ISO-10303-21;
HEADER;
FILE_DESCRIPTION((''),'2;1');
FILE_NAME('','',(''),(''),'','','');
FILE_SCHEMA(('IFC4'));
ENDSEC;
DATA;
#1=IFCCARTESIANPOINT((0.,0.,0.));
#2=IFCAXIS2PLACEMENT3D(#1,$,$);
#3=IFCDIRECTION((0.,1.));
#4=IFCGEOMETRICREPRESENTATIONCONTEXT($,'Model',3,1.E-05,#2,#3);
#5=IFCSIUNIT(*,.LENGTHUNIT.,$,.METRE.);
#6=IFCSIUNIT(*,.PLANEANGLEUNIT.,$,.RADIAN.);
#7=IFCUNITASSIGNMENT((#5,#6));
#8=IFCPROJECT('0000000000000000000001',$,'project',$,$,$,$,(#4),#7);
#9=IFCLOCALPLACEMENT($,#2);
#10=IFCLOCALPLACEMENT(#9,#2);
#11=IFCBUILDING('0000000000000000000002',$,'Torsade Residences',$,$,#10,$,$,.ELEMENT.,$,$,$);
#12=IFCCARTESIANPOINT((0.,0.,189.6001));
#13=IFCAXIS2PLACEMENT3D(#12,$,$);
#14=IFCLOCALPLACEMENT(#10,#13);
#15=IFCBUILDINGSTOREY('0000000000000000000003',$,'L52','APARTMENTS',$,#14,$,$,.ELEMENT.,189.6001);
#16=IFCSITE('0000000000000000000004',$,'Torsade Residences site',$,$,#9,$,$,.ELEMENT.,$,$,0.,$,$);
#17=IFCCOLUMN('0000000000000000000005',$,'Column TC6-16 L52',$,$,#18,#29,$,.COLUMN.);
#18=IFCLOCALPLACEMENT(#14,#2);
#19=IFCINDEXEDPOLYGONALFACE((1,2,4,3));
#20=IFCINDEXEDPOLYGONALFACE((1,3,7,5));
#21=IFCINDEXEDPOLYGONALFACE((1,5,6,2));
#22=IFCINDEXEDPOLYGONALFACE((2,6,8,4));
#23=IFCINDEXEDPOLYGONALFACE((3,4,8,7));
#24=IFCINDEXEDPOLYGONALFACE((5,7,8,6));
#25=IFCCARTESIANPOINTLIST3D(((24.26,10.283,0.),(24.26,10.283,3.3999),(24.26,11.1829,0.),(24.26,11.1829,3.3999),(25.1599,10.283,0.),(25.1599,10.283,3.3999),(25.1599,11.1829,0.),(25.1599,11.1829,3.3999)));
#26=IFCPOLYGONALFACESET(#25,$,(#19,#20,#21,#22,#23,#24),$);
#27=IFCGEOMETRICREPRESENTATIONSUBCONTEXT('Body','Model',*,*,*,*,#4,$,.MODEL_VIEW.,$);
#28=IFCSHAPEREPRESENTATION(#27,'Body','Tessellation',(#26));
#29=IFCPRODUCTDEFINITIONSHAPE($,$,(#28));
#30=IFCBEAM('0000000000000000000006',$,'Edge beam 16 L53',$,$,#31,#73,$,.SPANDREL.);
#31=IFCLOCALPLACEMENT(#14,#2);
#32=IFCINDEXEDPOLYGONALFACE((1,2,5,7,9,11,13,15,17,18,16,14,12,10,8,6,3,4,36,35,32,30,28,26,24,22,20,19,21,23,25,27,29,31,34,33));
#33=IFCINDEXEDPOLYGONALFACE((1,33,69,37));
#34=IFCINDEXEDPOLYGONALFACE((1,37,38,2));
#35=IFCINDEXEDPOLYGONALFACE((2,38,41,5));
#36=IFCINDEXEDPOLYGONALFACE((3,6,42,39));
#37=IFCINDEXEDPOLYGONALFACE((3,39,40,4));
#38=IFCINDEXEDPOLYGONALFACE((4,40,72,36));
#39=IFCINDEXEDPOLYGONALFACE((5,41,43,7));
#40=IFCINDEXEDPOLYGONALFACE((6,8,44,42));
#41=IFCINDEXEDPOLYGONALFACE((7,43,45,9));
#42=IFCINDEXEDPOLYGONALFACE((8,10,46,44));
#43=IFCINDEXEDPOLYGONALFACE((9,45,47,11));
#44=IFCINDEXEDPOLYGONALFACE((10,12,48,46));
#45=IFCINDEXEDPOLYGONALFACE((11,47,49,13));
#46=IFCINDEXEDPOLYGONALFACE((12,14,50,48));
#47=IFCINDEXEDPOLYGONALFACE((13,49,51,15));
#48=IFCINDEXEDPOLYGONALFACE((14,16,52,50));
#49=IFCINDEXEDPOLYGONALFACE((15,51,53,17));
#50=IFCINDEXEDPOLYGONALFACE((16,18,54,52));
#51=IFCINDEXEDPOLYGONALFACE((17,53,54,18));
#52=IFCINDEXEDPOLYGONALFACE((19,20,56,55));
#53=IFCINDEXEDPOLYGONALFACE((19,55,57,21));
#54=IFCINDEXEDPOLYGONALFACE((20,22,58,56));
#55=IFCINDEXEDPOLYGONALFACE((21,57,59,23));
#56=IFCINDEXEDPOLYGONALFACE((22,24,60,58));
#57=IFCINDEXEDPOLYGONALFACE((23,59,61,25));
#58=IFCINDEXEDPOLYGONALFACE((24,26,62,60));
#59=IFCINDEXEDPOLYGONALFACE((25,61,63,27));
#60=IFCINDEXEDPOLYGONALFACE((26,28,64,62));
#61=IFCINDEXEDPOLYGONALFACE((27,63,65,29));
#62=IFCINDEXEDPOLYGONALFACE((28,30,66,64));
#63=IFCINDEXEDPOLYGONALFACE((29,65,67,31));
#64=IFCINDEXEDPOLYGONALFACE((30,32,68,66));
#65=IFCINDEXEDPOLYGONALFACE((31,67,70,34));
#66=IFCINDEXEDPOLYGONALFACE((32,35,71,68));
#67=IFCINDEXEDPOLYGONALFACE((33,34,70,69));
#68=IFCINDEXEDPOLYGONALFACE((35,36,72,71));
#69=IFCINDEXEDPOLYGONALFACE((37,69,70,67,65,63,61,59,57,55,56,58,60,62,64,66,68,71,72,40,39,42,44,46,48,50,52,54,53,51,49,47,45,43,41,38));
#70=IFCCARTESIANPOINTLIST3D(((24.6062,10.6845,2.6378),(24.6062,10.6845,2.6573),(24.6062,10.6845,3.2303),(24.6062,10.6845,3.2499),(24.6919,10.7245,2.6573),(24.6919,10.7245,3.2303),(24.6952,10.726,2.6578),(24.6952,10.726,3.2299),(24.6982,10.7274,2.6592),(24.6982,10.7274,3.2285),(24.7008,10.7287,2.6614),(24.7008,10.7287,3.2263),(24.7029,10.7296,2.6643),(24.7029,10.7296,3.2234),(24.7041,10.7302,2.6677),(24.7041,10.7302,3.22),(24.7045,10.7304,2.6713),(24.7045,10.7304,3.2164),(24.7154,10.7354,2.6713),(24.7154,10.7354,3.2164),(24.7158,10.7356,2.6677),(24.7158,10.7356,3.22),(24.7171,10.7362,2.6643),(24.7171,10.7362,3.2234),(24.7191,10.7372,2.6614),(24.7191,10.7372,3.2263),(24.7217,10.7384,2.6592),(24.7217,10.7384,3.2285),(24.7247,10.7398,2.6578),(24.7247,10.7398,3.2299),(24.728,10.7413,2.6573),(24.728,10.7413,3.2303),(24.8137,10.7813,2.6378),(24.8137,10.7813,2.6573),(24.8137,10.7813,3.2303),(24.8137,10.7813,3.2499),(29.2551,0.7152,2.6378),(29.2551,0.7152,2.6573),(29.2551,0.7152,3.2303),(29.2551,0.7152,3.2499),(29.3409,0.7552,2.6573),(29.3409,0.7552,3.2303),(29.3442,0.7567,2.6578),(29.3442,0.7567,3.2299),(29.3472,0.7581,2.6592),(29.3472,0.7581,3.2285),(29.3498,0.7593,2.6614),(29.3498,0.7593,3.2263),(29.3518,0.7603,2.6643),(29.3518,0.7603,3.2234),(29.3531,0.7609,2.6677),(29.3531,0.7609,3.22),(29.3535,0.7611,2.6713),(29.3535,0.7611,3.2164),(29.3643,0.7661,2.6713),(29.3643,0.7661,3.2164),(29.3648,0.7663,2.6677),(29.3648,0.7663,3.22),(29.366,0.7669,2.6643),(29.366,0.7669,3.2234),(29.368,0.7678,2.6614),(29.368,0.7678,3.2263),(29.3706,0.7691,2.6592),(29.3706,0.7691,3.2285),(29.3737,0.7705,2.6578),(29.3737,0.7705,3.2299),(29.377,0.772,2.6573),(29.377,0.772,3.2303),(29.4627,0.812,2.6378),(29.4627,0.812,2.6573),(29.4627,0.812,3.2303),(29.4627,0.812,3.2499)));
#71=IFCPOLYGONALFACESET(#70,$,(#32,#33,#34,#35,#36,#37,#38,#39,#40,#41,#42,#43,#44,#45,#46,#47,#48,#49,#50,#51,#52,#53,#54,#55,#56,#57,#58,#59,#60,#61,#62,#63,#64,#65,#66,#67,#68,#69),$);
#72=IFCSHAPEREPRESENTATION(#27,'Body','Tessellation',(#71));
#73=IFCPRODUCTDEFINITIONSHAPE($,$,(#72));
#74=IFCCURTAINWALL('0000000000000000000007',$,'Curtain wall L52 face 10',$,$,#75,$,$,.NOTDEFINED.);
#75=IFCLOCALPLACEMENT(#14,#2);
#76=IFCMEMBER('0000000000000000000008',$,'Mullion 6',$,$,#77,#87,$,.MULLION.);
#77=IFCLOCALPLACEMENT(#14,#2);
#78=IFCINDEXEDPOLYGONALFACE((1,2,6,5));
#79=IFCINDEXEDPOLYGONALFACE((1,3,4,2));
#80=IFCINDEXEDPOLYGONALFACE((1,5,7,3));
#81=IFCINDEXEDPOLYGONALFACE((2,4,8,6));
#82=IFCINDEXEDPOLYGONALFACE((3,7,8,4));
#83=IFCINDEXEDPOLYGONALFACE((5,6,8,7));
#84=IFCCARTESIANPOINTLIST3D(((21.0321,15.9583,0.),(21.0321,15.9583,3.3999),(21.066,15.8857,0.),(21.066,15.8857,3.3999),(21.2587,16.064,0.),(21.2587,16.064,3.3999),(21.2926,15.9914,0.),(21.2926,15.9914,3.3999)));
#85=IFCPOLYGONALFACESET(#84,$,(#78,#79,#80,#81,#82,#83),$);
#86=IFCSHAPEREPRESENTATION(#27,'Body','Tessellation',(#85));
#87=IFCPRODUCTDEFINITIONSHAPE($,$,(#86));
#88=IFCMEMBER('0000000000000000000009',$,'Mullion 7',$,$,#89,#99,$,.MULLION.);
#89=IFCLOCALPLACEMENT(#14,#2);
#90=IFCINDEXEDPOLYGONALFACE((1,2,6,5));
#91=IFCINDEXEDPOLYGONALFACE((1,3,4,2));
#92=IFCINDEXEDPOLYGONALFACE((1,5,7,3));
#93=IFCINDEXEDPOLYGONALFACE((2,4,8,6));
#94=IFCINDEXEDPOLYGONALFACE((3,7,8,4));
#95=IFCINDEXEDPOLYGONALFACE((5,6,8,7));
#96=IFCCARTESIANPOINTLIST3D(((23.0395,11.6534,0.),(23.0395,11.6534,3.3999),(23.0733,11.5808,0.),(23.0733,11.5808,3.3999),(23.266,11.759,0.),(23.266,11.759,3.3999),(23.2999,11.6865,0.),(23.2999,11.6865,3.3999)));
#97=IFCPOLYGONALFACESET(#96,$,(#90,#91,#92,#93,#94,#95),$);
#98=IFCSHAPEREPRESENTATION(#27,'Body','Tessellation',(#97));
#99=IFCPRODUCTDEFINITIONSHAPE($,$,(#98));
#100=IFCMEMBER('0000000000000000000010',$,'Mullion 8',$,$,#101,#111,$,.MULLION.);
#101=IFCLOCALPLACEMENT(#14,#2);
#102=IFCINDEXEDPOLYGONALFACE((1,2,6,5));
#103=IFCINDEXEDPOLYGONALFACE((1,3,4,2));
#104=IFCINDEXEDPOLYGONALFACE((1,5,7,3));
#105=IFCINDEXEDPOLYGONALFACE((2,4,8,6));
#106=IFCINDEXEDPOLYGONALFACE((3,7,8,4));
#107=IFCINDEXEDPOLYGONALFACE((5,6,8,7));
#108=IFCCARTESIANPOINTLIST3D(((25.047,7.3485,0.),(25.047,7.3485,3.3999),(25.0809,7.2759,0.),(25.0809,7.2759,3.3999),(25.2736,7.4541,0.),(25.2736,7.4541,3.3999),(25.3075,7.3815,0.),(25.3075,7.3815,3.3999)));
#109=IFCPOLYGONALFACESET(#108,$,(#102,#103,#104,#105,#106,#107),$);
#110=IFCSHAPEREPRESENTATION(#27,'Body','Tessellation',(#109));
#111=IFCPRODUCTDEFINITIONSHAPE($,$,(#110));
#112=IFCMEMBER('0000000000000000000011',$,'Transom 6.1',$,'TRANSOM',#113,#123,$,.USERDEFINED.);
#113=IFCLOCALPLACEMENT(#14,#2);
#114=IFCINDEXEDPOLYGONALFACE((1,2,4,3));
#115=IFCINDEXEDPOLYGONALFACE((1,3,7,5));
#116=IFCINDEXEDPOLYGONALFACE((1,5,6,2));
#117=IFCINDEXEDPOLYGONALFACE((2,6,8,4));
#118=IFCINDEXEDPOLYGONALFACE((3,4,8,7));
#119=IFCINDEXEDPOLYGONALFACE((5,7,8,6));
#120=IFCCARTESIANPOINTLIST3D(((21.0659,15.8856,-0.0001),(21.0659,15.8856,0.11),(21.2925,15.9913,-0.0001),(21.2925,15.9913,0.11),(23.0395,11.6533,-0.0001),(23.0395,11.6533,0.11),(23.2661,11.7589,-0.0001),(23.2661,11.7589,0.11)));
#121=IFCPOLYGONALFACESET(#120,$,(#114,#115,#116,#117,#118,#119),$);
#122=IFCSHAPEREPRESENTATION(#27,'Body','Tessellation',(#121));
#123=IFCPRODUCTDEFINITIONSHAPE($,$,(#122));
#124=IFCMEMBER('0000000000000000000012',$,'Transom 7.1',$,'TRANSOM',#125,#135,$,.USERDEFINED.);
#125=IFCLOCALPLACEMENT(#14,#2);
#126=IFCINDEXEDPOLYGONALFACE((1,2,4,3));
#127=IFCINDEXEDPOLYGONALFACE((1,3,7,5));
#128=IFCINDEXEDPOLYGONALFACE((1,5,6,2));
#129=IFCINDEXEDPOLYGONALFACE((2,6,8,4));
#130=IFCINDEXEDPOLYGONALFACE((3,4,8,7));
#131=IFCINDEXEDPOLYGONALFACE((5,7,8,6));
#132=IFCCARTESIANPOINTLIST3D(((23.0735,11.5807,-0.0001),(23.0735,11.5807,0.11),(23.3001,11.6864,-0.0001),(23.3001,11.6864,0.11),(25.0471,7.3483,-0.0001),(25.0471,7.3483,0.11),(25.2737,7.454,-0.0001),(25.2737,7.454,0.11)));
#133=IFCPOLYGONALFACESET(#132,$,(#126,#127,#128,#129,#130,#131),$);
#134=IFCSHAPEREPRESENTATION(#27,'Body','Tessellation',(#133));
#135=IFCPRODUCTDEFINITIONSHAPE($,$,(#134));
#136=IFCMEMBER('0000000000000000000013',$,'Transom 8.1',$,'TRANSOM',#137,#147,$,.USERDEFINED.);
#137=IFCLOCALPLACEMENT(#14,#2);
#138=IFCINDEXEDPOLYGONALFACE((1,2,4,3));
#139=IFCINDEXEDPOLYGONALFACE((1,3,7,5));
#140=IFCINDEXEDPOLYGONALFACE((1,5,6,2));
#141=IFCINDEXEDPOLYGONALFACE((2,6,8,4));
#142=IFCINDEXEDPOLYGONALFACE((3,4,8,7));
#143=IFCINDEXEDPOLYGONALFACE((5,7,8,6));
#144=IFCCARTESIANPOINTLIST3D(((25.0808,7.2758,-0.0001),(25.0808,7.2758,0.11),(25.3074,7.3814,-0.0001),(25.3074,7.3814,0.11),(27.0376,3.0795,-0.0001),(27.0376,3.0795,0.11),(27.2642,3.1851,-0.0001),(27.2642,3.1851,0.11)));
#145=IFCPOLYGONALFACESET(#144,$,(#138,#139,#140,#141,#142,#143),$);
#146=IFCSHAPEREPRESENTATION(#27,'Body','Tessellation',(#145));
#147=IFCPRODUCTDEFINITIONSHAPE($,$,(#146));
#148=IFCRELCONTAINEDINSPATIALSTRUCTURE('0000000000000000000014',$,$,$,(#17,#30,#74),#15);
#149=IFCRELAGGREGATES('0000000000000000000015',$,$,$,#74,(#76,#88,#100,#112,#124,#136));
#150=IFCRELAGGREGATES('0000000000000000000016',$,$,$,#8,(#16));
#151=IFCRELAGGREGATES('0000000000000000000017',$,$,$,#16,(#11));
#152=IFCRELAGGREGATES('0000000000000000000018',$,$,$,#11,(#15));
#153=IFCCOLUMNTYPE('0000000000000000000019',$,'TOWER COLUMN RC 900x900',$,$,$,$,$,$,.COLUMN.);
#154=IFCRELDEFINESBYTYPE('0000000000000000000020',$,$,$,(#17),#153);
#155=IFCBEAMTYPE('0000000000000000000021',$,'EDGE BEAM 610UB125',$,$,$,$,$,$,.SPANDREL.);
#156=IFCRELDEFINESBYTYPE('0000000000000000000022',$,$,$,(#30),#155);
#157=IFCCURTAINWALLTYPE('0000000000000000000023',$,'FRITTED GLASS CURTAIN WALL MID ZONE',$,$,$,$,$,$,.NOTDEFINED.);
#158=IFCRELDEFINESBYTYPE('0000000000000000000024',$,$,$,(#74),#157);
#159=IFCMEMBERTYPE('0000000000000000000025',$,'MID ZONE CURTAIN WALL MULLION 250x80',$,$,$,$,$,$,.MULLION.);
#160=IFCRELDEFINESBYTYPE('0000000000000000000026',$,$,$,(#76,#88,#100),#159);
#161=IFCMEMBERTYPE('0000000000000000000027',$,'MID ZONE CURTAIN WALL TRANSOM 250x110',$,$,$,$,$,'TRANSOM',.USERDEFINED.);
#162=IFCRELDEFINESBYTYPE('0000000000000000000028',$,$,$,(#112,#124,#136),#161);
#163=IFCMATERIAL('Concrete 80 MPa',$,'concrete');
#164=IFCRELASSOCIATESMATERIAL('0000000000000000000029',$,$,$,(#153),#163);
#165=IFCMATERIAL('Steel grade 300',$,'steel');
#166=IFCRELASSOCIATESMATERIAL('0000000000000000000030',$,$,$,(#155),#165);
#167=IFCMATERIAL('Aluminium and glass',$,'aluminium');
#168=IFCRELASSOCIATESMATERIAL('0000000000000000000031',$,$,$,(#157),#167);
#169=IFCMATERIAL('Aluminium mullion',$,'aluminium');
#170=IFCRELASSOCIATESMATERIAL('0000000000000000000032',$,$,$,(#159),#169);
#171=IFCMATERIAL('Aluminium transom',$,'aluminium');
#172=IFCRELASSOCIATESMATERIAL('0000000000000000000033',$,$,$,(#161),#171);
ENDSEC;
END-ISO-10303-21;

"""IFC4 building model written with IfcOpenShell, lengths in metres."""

from ifc_helpers import new_model, si_unit, direction, frame, origin, origin_2d, place, context, subcontext, project, spatial, rectangle, i_section, extrude, material, material_profile, profile_set, type_object, element, aggregate, save


model = new_model("IFC4")

# Units and contexts
model_context = context("Model", 3, precision=1e-05, world=origin(), true_north=direction((0.0, 1.0)))
body_context = subcontext(model_context, "Body", "Model", "MODEL_VIEW")
ifc_project = project(units=[si_unit("LENGTHUNIT", "METRE"), si_unit("PLANEANGLEUNIT", "RADIAN")], contexts=[model_context])

# Site, building, storey
site_placement = place(None, origin())
site = spatial("IfcSite", under=ifc_project, at=site_placement, Name="Torsade Residences site", CompositionType="ELEMENT", RefElevation=0.0)
building_placement = place(site_placement, origin())
building = spatial("IfcBuilding", under=site, at=building_placement, Name="Torsade Residences", CompositionType="ELEMENT")
storey_placement = place(building_placement, frame((0.0, 0.0, 189.6001)))
storey = spatial("IfcBuildingStorey", under=building, at=storey_placement, Name="L52", Description="APARTMENTS", CompositionType="ELEMENT", Elevation=189.6001)

# Column
ifc_material_1 = material(Name="Concrete 80 MPa", Category="concrete")
ifc_material_profile_1 = material_profile(ifc_material_1, rectangle(XDim=0.8999, YDim=0.8999, at=origin_2d()), Name="RC 900x900")
ifc_profile_set_1 = profile_set([ifc_material_profile_1], Name="Concrete 80 MPa")
column_type = type_object("IfcColumnType", Name="TOWER COLUMN RC 900x900", PredefinedType="COLUMN", material=ifc_profile_set_1)
column_placement = place(storey_placement, frame((24.71, 10.7329, 0.0), z_axis=(0.0, 0.0, 1.0), x_axis=(1.0, 0.0, 0.0)))
element("IfcColumn", 1, at=column_placement, inside=storey, type_object=column_type, Name="Column TC6-16 L52", PredefinedType="COLUMN", context=body_context, shape_type="SweptSolid", body=[
    extrude(rectangle(XDim=0.8999, YDim=0.8999, at=origin_2d()), origin(), (0.0, 0.0, 1.0), 3.3999),
])

# Beam
ifc_material_2 = material(Name="Steel grade 300", Category="steel")
ifc_material_profile_2 = material_profile(ifc_material_2, i_section(OverallWidth=0.229, OverallDepth=0.6121, WebThickness=0.012, FlangeThickness=0.0195, FilletRadius=0.0139, at=origin_2d()), Name="610UB125")
ifc_profile_set_2 = profile_set([ifc_material_profile_2], Name="Steel grade 300")
beam_type_1 = type_object("IfcBeamType", Name="EDGE BEAM 610UB125", PredefinedType="SPANDREL", material=ifc_profile_set_2)
beam_1_placement = place(storey_placement, frame((24.71, 10.7329, 2.9438), z_axis=(0.422633, -0.906301, 0.0), x_axis=(0.906301, 0.422633, 0.0)))
element("IfcBeam", 2, at=beam_1_placement, inside=storey, type_object=beam_type_1, Name="Edge beam 16 L53", PredefinedType="SPANDREL", context=body_context, shape_type="SweptSolid", body=[
    extrude(i_section(OverallWidth=0.229, OverallDepth=0.6121, WebThickness=0.012, FlangeThickness=0.0195, FilletRadius=0.0139, at=origin_2d()), origin(), (0.0, 0.0, 1.0), 11.0),
])

# Curtain wall, members
ifc_material_3 = material(Name="Aluminium and glass", Category="aluminium")
curtain_wall_type = type_object("IfcCurtainWallType", Name="FRITTED GLASS CURTAIN WALL MID ZONE", PredefinedType="NOTDEFINED", material=ifc_material_3)
curtain_wall_placement = place(storey_placement, origin())
curtain_wall = element("IfcCurtainWall", 3, at=curtain_wall_placement, inside=storey, type_object=curtain_wall_type, Name="Curtain wall L52 face 10", PredefinedType="NOTDEFINED")
ifc_material_4 = material(Name="Aluminium mullion", Category="aluminium")
ifc_material_profile_3 = material_profile(ifc_material_4, rectangle(XDim=0.25, YDim=0.0801, at=origin_2d()), Name="MID ZONE CURTAIN WALL MULLION 250x80")
ifc_profile_set_3 = profile_set([ifc_material_profile_3], Name="Aluminium mullion")
member_type_1 = type_object("IfcMemberType", Name="MID ZONE CURTAIN WALL MULLION 250x80", PredefinedType="MULLION", material=ifc_profile_set_3)
member_1_placement = place(storey_placement, frame((21.1624, 15.9749, 0.0), z_axis=(0.0, 0.0, 1.0), x_axis=(0.906308, 0.422618, 0.0)))
member_1 = element("IfcMember", 4, at=member_1_placement, type_object=member_type_1, Name="Mullion 6", PredefinedType="MULLION", context=body_context, shape_type="SweptSolid", body=[
    extrude(rectangle(XDim=0.25, YDim=0.0801, at=origin_2d()), origin(), (0.0, 0.0, 1.0), 3.3999),
])
member_2_placement = place(storey_placement, frame((23.1697, 11.6699, 0.0), z_axis=(0.0, 0.0, 1.0), x_axis=(0.906308, 0.422618, 0.0)))
member_2 = element("IfcMember", 5, at=member_2_placement, type_object=member_type_1, Name="Mullion 7", PredefinedType="MULLION", context=body_context, shape_type="SweptSolid", body=[
    extrude(rectangle(XDim=0.25, YDim=0.0801, at=origin_2d()), origin(), (0.0, 0.0, 1.0), 3.3999),
])
member_3_placement = place(storey_placement, frame((25.1772, 7.365, 0.0), z_axis=(0.0, 0.0, 1.0), x_axis=(0.906308, 0.422618, 0.0)))
member_3 = element("IfcMember", 6, at=member_3_placement, type_object=member_type_1, Name="Mullion 8", PredefinedType="MULLION", context=body_context, shape_type="SweptSolid", body=[
    extrude(rectangle(XDim=0.25, YDim=0.0801, at=origin_2d()), origin(), (0.0, 0.0, 1.0), 3.3999),
])
ifc_material_5 = material(Name="Aluminium transom", Category="aluminium")
ifc_material_profile_4 = material_profile(ifc_material_5, rectangle(XDim=0.25, YDim=0.1101, at=origin_2d()), Name="MID ZONE CURTAIN WALL TRANSOM 250x110")
ifc_profile_set_4 = profile_set([ifc_material_profile_4], Name="Aluminium transom")
member_type_2 = type_object("IfcMemberType", Name="MID ZONE CURTAIN WALL TRANSOM 250x110", ElementType="TRANSOM", PredefinedType="USERDEFINED", material=ifc_profile_set_4)
member_4_placement = place(storey_placement, frame((21.1792, 15.9385, 0.0549), z_axis=(0.422622, -0.906306, 0.0), x_axis=(0.906306, 0.422622, 0.0)))
member_4 = element("IfcMember", 7, at=member_4_placement, type_object=member_type_2, Name="Transom 6.1", ObjectType="TRANSOM", PredefinedType="USERDEFINED", context=body_context, shape_type="SweptSolid", body=[
    extrude(rectangle(XDim=0.25, YDim=0.1101, at=origin_2d()), origin(), (0.0, 0.0, 1.0), 4.6699),
])
member_5_placement = place(storey_placement, frame((23.1868, 11.6335, 0.0549), z_axis=(0.422622, -0.906306, 0.0), x_axis=(0.906306, 0.422622, 0.0)))
member_5 = element("IfcMember", 8, at=member_5_placement, type_object=member_type_2, Name="Transom 7.1", ObjectType="TRANSOM", PredefinedType="USERDEFINED", context=body_context, shape_type="SweptSolid", body=[
    extrude(rectangle(XDim=0.25, YDim=0.1101, at=origin_2d()), origin(), (0.0, 0.0, 1.0), 4.6699),
])
member_6_placement = place(storey_placement, frame((25.1941, 7.3286, 0.0549), z_axis=(0.422623, -0.906306, 0.0), x_axis=(0.906306, 0.422623, 0.0)))
member_6 = element("IfcMember", 9, at=member_6_placement, type_object=member_type_2, Name="Transom 8.1", ObjectType="TRANSOM", PredefinedType="USERDEFINED", context=body_context, shape_type="SweptSolid", body=[
    extrude(rectangle(XDim=0.25, YDim=0.1101, at=origin_2d()), origin(), (0.0, 0.0, 1.0), 4.6301),
])

aggregate(curtain_wall, [member_1, member_2, member_3, member_4, member_5, member_6])

save(model, "model.ifc")
